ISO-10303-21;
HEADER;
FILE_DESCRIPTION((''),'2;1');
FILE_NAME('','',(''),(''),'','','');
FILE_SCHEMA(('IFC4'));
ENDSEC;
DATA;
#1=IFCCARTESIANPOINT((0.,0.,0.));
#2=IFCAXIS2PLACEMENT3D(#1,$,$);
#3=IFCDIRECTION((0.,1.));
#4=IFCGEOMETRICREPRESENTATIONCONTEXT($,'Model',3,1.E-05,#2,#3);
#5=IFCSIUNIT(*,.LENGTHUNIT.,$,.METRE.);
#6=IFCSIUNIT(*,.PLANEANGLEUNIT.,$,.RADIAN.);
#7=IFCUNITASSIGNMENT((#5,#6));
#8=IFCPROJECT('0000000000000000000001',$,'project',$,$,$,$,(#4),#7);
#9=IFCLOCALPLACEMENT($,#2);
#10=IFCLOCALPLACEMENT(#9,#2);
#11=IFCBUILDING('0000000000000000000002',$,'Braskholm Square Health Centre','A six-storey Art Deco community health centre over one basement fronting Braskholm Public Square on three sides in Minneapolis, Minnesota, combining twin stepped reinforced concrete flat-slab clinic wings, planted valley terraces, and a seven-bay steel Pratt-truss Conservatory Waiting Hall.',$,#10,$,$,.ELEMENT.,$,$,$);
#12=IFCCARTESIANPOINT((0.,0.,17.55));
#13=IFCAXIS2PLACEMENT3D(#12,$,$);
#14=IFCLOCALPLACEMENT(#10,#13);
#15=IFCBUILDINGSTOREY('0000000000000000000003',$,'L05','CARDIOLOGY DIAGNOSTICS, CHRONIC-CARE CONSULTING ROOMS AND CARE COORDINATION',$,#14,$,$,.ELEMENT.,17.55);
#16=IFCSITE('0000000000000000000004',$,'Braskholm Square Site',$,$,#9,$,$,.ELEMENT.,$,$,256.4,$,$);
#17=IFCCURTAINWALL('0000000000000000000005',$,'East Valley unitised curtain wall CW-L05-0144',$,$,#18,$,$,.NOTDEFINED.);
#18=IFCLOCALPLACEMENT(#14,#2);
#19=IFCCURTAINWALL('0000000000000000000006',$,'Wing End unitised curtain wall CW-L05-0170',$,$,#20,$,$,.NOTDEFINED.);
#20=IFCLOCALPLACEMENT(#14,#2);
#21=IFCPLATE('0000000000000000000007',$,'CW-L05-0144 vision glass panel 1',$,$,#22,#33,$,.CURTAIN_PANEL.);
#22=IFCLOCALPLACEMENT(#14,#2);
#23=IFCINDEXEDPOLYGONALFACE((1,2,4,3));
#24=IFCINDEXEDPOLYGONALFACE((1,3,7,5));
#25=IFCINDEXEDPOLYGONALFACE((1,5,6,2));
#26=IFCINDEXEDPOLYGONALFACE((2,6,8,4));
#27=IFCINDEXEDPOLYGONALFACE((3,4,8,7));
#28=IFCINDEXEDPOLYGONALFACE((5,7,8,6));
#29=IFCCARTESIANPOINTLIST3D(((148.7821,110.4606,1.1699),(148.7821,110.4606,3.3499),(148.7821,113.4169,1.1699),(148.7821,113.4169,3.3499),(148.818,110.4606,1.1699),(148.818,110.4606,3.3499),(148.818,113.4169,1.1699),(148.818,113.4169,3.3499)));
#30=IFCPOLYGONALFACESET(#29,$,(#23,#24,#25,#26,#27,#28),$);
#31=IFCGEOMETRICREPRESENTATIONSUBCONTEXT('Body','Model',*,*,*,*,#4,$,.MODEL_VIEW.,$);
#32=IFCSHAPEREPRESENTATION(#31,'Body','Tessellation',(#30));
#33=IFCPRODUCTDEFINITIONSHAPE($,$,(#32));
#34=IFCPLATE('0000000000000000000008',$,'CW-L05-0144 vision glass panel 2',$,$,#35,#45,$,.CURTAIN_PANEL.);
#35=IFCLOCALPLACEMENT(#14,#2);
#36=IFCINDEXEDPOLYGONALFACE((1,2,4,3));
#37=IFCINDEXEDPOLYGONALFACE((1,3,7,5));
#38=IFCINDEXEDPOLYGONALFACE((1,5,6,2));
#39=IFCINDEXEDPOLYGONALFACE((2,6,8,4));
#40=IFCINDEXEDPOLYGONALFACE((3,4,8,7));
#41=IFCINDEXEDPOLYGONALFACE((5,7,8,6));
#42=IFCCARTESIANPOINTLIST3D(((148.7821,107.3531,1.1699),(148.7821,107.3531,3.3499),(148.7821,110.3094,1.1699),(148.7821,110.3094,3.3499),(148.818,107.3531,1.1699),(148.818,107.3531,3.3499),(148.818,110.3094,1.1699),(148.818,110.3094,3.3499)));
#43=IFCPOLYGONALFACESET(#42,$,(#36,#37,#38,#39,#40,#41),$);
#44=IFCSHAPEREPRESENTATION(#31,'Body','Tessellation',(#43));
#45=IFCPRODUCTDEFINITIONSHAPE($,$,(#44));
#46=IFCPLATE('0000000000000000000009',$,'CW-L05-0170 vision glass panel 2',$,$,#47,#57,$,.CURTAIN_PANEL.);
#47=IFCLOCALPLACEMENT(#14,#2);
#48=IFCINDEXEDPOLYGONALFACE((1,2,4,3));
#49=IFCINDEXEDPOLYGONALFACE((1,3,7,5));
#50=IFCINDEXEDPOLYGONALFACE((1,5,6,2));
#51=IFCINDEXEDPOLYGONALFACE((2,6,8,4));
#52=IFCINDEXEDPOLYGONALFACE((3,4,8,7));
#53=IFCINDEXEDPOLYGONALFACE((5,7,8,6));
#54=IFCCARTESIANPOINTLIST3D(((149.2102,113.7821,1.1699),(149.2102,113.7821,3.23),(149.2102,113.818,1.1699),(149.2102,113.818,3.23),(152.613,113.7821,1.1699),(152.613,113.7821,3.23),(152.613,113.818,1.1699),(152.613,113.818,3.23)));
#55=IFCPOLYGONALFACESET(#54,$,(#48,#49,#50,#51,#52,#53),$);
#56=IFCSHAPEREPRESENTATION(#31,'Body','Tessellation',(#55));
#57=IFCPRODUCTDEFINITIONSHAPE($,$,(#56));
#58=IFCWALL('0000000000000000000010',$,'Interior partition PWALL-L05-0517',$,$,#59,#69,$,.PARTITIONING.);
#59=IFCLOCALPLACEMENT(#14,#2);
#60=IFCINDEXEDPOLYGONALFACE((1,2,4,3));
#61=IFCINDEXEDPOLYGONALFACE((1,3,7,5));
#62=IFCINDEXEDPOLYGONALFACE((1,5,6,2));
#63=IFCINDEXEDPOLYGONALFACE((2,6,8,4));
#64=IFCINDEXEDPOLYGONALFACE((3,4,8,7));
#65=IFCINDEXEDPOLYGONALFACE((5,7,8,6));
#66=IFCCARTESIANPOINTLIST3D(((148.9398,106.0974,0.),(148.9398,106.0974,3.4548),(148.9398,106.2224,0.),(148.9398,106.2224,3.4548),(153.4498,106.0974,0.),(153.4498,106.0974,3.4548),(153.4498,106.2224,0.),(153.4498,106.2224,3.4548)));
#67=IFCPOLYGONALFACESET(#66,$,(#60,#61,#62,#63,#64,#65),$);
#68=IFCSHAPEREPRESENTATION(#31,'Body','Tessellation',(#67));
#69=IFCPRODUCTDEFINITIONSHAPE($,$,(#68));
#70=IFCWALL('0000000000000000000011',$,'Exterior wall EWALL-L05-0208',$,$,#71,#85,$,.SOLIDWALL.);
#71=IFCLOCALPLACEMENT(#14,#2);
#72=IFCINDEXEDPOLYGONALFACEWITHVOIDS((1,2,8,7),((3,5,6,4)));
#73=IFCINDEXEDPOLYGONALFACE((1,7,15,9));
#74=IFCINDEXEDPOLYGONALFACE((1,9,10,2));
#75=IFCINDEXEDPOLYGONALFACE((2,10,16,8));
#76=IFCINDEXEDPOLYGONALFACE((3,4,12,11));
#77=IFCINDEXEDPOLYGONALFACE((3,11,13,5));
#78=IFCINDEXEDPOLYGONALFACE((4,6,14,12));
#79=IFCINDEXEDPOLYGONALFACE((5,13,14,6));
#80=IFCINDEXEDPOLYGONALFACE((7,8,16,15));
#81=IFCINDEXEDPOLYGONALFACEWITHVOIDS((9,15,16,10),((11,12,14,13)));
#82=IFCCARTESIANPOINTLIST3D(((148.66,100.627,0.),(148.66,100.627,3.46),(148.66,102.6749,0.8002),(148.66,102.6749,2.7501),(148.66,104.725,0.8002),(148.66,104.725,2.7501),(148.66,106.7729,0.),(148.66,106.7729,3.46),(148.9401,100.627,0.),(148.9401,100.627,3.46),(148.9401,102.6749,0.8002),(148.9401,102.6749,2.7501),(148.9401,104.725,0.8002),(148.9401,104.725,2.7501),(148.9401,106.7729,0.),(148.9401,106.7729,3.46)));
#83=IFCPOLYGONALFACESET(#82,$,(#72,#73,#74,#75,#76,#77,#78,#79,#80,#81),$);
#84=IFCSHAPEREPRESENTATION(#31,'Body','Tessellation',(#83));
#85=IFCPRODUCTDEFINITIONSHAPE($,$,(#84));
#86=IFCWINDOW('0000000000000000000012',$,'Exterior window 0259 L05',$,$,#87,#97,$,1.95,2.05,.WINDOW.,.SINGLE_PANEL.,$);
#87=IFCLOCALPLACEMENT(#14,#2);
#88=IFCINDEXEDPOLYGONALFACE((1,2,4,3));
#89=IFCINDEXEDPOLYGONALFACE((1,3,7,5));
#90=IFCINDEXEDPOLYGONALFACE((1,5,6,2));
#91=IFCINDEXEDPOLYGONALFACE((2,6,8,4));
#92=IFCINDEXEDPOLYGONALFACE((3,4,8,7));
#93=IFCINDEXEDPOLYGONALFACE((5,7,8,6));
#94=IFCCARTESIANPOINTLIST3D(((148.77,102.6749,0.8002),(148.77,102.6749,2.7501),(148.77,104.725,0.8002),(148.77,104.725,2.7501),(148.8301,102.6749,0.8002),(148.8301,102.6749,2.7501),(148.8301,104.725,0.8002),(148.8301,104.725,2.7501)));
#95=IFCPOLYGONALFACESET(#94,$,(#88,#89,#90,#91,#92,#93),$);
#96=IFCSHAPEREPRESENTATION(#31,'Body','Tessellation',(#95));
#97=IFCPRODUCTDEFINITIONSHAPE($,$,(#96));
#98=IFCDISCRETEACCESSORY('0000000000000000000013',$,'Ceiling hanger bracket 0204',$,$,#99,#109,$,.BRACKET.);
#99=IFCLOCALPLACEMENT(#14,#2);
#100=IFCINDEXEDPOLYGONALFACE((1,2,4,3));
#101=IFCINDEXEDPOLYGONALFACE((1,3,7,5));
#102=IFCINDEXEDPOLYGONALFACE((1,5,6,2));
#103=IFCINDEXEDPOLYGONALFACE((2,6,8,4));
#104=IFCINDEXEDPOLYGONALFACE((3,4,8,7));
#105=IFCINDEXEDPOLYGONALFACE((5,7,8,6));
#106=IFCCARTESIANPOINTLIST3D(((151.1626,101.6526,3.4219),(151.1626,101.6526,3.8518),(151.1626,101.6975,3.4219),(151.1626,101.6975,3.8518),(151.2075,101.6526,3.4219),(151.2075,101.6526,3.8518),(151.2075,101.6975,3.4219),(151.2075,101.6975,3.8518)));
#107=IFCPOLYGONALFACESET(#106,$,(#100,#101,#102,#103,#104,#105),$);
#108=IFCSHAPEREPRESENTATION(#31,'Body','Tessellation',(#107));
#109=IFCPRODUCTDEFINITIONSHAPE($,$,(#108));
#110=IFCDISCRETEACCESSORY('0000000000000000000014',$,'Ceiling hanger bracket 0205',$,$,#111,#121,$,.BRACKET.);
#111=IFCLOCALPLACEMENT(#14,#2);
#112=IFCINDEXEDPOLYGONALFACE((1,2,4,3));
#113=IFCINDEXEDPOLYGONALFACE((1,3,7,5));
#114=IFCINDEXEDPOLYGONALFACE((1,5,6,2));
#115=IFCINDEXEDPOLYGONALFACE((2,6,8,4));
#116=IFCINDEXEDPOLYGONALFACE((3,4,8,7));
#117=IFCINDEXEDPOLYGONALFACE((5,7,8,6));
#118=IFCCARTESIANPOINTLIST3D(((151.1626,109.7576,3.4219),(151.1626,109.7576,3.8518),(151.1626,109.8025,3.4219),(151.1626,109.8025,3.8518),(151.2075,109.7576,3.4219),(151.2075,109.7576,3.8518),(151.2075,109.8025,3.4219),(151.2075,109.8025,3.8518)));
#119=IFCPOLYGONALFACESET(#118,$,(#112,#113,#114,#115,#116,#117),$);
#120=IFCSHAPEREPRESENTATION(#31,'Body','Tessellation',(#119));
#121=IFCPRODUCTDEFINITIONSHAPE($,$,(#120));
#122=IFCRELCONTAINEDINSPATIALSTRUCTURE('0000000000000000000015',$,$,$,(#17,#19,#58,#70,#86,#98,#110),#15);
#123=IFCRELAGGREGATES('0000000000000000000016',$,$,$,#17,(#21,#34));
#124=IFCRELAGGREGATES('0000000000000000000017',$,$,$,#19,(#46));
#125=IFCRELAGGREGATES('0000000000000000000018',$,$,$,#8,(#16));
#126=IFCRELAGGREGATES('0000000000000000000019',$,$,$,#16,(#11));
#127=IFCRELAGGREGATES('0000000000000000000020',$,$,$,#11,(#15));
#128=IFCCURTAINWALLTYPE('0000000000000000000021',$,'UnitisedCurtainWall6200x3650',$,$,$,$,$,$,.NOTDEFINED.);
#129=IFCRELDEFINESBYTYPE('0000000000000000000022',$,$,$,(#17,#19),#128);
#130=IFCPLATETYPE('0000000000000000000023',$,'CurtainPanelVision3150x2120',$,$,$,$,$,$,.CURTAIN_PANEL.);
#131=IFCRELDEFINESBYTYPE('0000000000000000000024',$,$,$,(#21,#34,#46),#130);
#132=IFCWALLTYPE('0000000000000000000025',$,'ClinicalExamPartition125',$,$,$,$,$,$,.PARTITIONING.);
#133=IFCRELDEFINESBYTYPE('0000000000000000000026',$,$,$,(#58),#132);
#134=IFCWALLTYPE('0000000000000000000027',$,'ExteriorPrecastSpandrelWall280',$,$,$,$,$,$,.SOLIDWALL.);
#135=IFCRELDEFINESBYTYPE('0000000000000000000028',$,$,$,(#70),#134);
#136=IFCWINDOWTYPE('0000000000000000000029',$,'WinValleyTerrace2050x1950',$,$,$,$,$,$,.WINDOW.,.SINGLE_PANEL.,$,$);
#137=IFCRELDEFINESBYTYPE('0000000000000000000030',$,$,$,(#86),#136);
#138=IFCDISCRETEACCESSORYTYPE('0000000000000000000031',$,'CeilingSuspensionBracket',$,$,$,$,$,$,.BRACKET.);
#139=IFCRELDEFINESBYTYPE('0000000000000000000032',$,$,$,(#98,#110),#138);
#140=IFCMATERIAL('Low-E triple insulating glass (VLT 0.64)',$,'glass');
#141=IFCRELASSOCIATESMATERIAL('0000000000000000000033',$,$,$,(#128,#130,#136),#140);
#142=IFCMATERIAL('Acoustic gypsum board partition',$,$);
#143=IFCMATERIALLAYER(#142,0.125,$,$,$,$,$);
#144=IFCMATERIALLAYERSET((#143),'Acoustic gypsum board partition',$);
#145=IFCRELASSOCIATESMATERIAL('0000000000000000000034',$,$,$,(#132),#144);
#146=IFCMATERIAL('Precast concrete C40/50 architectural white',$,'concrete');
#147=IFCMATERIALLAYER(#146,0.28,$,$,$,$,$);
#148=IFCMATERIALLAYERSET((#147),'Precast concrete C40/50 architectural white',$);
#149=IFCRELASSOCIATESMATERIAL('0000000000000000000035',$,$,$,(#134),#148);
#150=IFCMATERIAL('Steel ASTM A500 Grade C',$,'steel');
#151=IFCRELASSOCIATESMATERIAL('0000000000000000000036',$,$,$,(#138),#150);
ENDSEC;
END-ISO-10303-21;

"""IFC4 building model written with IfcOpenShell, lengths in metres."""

from ifc_helpers import new_model, si_unit, direction, frame, frame_2d, origin, origin_with_axes, origin_2d, place, context, subcontext, project, spatial, rectangle, extrude, material, layer, layer_set, type_object, element, fill, aggregate, save


model = new_model("IFC4")

# Units and contexts
model_context = context("Model", 3, precision=1e-05, world=origin(), true_north=direction((0.0, 1.0)))
body_context = subcontext(model_context, "Body", "Model", "MODEL_VIEW")
ifc_project = project(units=[si_unit("LENGTHUNIT", "METRE"), si_unit("PLANEANGLEUNIT", "RADIAN")], contexts=[model_context])

# Site, building, storey
site_placement = place(None, origin())
site = spatial("IfcSite", under=ifc_project, at=site_placement, Name="Braskholm Square Site", CompositionType="ELEMENT", RefElevation=256.4)
building_placement = place(site_placement, origin())
building = spatial("IfcBuilding", under=site, at=building_placement, Name="Braskholm Square Health Centre", Description="A six-storey Art Deco community health centre over one basement fronting Braskholm Public Square on three sides in Minneapolis, Minnesota, combining twin stepped reinforced concrete flat-slab clinic wings, planted valley terraces, and a seven-bay steel Pratt-truss Conservatory Waiting Hall.", CompositionType="ELEMENT")
storey_placement = place(building_placement, frame((0.0, 0.0, 17.55)))
storey = spatial("IfcBuildingStorey", under=building, at=storey_placement, Name="L05", Description="CARDIOLOGY DIAGNOSTICS, CHRONIC-CARE CONSULTING ROOMS AND CARE COORDINATION", CompositionType="ELEMENT", Elevation=17.55)

# Curtain walls
ifc_material_1 = material(Name="Low-E triple insulating glass (VLT 0.64)", Category="glass")
curtain_wall_type = type_object("IfcCurtainWallType", Name="UnitisedCurtainWall6200x3650", PredefinedType="NOTDEFINED", material=ifc_material_1)
curtain_wall_1_placement = place(storey_placement, origin())
curtain_wall_1 = element("IfcCurtainWall", 1, at=curtain_wall_1_placement, inside=storey, type_object=curtain_wall_type, Name="East Valley unitised curtain wall CW-L05-0144", PredefinedType="NOTDEFINED")
curtain_wall_2_placement = place(storey_placement, origin())
curtain_wall_2 = element("IfcCurtainWall", 2, at=curtain_wall_2_placement, inside=storey, type_object=curtain_wall_type, Name="Wing End unitised curtain wall CW-L05-0170", PredefinedType="NOTDEFINED")

# Shared definitions
ifc_material_2 = material(Name="Precast concrete C40/50 architectural white", Category="concrete")

# Plates
plate_type_1 = type_object("IfcPlateType", Name="CurtainPanelVision3150x2120", PredefinedType="CURTAIN_PANEL", material=ifc_material_1)
plate_1_placement = place(storey_placement, frame((148.8, 111.9387, 1.1699), z_axis=(0.0, 0.0, 1.0), x_axis=(0.0, -1.0, 0.0)))
plate_1 = element("IfcPlate", 3, at=plate_1_placement, type_object=plate_type_1, Name="CW-L05-0144 vision glass panel 1", PredefinedType="CURTAIN_PANEL", context=body_context, shape_type="SweptSolid", body=[
    extrude(rectangle(XDim=2.9563, YDim=0.0359, at=origin_2d()), origin(), (0.0, 0.0, 1.0), 2.1799),
])
plate_2_placement = place(storey_placement, frame((148.8, 108.8313, 1.1699), z_axis=(0.0, 0.0, 1.0), x_axis=(0.0, -1.0, 0.0)))
plate_2 = element("IfcPlate", 4, at=plate_2_placement, type_object=plate_type_1, Name="CW-L05-0144 vision glass panel 2", PredefinedType="CURTAIN_PANEL", context=body_context, shape_type="SweptSolid", body=[
    extrude(rectangle(XDim=2.9563, YDim=0.0359, at=origin_2d()), origin(), (0.0, 0.0, 1.0), 2.1799),
])
aggregate(curtain_wall_1, [plate_1, plate_2])
plate_3_placement = place(storey_placement, frame((150.9116, 113.8, 1.1699), z_axis=(0.0, 0.0, 1.0), x_axis=(-1.0, 0.0, 0.0)))
plate_3 = element("IfcPlate", 5, at=plate_3_placement, type_object=plate_type_1, Name="CW-L05-0170 vision glass panel 2", PredefinedType="CURTAIN_PANEL", context=body_context, shape_type="SweptSolid", body=[
    extrude(rectangle(XDim=3.4028, YDim=0.0359, at=origin_2d()), origin(), (0.0, 0.0, 1.0), 2.0601),
])
aggregate(curtain_wall_2, [plate_3])

# Wall
ifc_material_3 = material(Name="Acoustic gypsum board partition")
ifc_layer_1 = layer(ifc_material_3, 0.125)
ifc_layer_set_1 = layer_set([ifc_layer_1], Name="Acoustic gypsum board partition")
wall_type_1 = type_object("IfcWallType", Name="ClinicalExamPartition125", PredefinedType="PARTITIONING", material=ifc_layer_set_1)
wall_1_placement = place(storey_placement, frame((148.9399, 106.1599, 0.0), z_axis=(0.0, 0.0, 1.0), x_axis=(1.0, 0.0, 0.0)))
element("IfcWall", 6, at=wall_1_placement, inside=storey, type_object=wall_type_1, Name="Interior partition PWALL-L05-0517", PredefinedType="PARTITIONING", context=body_context, shape_type="SweptSolid", body=[
    extrude(rectangle(XDim=4.51, YDim=0.125, at=frame_2d((2.2549, 0.0))), origin(), (0.0, 0.0, 1.0), 3.4548),
])

# Wall, opening, window
ifc_layer_2 = layer(ifc_material_2, 0.28)
ifc_layer_set_2 = layer_set([ifc_layer_2], Name="Precast concrete C40/50 architectural white")
wall_type_2 = type_object("IfcWallType", Name="ExteriorPrecastSpandrelWall280", PredefinedType="SOLIDWALL", material=ifc_layer_set_2)
wall_2_placement = place(storey_placement, frame((148.8, 106.7729, 0.0), z_axis=(0.0, 0.0, 1.0), x_axis=(0.0, -1.0, 0.0)))
wall_2 = element("IfcWall", 7, at=wall_2_placement, inside=storey, type_object=wall_type_2, Name="Exterior wall EWALL-L05-0208", PredefinedType="SOLIDWALL", context=body_context, shape_type="SweptSolid", body=[
    extrude(rectangle(XDim=6.146, YDim=0.28, at=frame_2d((3.073, 0.0))), origin(), (0.0, 0.0, 1.0), 3.46),
])
opening_placement = place(wall_2_placement, frame((2.0481, 0.0, 0.8)))
opening = element("IfcOpeningElement", 8, at=opening_placement, cuts=wall_2, PredefinedType="OPENING", context=body_context, shape_type="SweptSolid", body=[
    extrude(rectangle(XDim=2.05, YDim=1.95, at=frame_2d((1.0249, 0.9751))), frame((0.0, 0.1499, 0.0), z_axis=(0.0, -1.0, 0.0), x_axis=(1.0, 0.0, 0.0)), (0.0, 0.0, 1.0), 0.3),
])
window_type = type_object("IfcWindowType", Name="WinValleyTerrace2050x1950", PartitioningType="SINGLE_PANEL", PredefinedType="WINDOW", material=ifc_material_1)
window_placement = place(opening_placement, origin_with_axes())
window = element("IfcWindow", 9, at=window_placement, inside=storey, type_object=window_type, Name="Exterior window 0259 L05", OverallHeight=1.95, OverallWidth=2.05, PartitioningType="SINGLE_PANEL", PredefinedType="WINDOW", context=body_context, shape_type="SweptSolid", body=[
    extrude(rectangle(XDim=2.05, YDim=1.95, at=frame_2d((1.0249, 0.9751))), frame((0.0, 0.03, 0.0), z_axis=(0.0, -1.0, 0.0), x_axis=(1.0, 0.0, 0.0)), (0.0, 0.0, 1.0), 0.0601),
])
fill(opening, window)

# Discrete accessories
ifc_material_4 = material(Name="Steel ASTM A500 Grade C", Category="steel")
discrete_accessory_type = type_object("IfcDiscreteAccessoryType", Name="CeilingSuspensionBracket", PredefinedType="BRACKET", material=ifc_material_4)
for number, where, z_axis, x_axis, name in (
    (10, (151.1851, 101.675, 3.4219), (0.0, 0.0, 1.0), (1.0, 0.0, 0.0), "Ceiling hanger bracket 0204"),
    (11, (151.1851, 109.78, 3.4219), (0.0, 0.0, 1.0), (1.0, 0.0, 0.0), "Ceiling hanger bracket 0205"),
):
    element("IfcDiscreteAccessory", number, at=place(storey_placement, frame(where, z_axis=z_axis, x_axis=x_axis)), inside=storey, type_object=discrete_accessory_type, Name=name, PredefinedType="BRACKET", context=body_context, shape_type="SweptSolid", body=[
        extrude(rectangle(XDim=0.0449, YDim=0.0449, at=origin_2d()), origin(), (0.0, 0.0, 1.0), 0.4299),
    ])

save(model, "model.ifc")
